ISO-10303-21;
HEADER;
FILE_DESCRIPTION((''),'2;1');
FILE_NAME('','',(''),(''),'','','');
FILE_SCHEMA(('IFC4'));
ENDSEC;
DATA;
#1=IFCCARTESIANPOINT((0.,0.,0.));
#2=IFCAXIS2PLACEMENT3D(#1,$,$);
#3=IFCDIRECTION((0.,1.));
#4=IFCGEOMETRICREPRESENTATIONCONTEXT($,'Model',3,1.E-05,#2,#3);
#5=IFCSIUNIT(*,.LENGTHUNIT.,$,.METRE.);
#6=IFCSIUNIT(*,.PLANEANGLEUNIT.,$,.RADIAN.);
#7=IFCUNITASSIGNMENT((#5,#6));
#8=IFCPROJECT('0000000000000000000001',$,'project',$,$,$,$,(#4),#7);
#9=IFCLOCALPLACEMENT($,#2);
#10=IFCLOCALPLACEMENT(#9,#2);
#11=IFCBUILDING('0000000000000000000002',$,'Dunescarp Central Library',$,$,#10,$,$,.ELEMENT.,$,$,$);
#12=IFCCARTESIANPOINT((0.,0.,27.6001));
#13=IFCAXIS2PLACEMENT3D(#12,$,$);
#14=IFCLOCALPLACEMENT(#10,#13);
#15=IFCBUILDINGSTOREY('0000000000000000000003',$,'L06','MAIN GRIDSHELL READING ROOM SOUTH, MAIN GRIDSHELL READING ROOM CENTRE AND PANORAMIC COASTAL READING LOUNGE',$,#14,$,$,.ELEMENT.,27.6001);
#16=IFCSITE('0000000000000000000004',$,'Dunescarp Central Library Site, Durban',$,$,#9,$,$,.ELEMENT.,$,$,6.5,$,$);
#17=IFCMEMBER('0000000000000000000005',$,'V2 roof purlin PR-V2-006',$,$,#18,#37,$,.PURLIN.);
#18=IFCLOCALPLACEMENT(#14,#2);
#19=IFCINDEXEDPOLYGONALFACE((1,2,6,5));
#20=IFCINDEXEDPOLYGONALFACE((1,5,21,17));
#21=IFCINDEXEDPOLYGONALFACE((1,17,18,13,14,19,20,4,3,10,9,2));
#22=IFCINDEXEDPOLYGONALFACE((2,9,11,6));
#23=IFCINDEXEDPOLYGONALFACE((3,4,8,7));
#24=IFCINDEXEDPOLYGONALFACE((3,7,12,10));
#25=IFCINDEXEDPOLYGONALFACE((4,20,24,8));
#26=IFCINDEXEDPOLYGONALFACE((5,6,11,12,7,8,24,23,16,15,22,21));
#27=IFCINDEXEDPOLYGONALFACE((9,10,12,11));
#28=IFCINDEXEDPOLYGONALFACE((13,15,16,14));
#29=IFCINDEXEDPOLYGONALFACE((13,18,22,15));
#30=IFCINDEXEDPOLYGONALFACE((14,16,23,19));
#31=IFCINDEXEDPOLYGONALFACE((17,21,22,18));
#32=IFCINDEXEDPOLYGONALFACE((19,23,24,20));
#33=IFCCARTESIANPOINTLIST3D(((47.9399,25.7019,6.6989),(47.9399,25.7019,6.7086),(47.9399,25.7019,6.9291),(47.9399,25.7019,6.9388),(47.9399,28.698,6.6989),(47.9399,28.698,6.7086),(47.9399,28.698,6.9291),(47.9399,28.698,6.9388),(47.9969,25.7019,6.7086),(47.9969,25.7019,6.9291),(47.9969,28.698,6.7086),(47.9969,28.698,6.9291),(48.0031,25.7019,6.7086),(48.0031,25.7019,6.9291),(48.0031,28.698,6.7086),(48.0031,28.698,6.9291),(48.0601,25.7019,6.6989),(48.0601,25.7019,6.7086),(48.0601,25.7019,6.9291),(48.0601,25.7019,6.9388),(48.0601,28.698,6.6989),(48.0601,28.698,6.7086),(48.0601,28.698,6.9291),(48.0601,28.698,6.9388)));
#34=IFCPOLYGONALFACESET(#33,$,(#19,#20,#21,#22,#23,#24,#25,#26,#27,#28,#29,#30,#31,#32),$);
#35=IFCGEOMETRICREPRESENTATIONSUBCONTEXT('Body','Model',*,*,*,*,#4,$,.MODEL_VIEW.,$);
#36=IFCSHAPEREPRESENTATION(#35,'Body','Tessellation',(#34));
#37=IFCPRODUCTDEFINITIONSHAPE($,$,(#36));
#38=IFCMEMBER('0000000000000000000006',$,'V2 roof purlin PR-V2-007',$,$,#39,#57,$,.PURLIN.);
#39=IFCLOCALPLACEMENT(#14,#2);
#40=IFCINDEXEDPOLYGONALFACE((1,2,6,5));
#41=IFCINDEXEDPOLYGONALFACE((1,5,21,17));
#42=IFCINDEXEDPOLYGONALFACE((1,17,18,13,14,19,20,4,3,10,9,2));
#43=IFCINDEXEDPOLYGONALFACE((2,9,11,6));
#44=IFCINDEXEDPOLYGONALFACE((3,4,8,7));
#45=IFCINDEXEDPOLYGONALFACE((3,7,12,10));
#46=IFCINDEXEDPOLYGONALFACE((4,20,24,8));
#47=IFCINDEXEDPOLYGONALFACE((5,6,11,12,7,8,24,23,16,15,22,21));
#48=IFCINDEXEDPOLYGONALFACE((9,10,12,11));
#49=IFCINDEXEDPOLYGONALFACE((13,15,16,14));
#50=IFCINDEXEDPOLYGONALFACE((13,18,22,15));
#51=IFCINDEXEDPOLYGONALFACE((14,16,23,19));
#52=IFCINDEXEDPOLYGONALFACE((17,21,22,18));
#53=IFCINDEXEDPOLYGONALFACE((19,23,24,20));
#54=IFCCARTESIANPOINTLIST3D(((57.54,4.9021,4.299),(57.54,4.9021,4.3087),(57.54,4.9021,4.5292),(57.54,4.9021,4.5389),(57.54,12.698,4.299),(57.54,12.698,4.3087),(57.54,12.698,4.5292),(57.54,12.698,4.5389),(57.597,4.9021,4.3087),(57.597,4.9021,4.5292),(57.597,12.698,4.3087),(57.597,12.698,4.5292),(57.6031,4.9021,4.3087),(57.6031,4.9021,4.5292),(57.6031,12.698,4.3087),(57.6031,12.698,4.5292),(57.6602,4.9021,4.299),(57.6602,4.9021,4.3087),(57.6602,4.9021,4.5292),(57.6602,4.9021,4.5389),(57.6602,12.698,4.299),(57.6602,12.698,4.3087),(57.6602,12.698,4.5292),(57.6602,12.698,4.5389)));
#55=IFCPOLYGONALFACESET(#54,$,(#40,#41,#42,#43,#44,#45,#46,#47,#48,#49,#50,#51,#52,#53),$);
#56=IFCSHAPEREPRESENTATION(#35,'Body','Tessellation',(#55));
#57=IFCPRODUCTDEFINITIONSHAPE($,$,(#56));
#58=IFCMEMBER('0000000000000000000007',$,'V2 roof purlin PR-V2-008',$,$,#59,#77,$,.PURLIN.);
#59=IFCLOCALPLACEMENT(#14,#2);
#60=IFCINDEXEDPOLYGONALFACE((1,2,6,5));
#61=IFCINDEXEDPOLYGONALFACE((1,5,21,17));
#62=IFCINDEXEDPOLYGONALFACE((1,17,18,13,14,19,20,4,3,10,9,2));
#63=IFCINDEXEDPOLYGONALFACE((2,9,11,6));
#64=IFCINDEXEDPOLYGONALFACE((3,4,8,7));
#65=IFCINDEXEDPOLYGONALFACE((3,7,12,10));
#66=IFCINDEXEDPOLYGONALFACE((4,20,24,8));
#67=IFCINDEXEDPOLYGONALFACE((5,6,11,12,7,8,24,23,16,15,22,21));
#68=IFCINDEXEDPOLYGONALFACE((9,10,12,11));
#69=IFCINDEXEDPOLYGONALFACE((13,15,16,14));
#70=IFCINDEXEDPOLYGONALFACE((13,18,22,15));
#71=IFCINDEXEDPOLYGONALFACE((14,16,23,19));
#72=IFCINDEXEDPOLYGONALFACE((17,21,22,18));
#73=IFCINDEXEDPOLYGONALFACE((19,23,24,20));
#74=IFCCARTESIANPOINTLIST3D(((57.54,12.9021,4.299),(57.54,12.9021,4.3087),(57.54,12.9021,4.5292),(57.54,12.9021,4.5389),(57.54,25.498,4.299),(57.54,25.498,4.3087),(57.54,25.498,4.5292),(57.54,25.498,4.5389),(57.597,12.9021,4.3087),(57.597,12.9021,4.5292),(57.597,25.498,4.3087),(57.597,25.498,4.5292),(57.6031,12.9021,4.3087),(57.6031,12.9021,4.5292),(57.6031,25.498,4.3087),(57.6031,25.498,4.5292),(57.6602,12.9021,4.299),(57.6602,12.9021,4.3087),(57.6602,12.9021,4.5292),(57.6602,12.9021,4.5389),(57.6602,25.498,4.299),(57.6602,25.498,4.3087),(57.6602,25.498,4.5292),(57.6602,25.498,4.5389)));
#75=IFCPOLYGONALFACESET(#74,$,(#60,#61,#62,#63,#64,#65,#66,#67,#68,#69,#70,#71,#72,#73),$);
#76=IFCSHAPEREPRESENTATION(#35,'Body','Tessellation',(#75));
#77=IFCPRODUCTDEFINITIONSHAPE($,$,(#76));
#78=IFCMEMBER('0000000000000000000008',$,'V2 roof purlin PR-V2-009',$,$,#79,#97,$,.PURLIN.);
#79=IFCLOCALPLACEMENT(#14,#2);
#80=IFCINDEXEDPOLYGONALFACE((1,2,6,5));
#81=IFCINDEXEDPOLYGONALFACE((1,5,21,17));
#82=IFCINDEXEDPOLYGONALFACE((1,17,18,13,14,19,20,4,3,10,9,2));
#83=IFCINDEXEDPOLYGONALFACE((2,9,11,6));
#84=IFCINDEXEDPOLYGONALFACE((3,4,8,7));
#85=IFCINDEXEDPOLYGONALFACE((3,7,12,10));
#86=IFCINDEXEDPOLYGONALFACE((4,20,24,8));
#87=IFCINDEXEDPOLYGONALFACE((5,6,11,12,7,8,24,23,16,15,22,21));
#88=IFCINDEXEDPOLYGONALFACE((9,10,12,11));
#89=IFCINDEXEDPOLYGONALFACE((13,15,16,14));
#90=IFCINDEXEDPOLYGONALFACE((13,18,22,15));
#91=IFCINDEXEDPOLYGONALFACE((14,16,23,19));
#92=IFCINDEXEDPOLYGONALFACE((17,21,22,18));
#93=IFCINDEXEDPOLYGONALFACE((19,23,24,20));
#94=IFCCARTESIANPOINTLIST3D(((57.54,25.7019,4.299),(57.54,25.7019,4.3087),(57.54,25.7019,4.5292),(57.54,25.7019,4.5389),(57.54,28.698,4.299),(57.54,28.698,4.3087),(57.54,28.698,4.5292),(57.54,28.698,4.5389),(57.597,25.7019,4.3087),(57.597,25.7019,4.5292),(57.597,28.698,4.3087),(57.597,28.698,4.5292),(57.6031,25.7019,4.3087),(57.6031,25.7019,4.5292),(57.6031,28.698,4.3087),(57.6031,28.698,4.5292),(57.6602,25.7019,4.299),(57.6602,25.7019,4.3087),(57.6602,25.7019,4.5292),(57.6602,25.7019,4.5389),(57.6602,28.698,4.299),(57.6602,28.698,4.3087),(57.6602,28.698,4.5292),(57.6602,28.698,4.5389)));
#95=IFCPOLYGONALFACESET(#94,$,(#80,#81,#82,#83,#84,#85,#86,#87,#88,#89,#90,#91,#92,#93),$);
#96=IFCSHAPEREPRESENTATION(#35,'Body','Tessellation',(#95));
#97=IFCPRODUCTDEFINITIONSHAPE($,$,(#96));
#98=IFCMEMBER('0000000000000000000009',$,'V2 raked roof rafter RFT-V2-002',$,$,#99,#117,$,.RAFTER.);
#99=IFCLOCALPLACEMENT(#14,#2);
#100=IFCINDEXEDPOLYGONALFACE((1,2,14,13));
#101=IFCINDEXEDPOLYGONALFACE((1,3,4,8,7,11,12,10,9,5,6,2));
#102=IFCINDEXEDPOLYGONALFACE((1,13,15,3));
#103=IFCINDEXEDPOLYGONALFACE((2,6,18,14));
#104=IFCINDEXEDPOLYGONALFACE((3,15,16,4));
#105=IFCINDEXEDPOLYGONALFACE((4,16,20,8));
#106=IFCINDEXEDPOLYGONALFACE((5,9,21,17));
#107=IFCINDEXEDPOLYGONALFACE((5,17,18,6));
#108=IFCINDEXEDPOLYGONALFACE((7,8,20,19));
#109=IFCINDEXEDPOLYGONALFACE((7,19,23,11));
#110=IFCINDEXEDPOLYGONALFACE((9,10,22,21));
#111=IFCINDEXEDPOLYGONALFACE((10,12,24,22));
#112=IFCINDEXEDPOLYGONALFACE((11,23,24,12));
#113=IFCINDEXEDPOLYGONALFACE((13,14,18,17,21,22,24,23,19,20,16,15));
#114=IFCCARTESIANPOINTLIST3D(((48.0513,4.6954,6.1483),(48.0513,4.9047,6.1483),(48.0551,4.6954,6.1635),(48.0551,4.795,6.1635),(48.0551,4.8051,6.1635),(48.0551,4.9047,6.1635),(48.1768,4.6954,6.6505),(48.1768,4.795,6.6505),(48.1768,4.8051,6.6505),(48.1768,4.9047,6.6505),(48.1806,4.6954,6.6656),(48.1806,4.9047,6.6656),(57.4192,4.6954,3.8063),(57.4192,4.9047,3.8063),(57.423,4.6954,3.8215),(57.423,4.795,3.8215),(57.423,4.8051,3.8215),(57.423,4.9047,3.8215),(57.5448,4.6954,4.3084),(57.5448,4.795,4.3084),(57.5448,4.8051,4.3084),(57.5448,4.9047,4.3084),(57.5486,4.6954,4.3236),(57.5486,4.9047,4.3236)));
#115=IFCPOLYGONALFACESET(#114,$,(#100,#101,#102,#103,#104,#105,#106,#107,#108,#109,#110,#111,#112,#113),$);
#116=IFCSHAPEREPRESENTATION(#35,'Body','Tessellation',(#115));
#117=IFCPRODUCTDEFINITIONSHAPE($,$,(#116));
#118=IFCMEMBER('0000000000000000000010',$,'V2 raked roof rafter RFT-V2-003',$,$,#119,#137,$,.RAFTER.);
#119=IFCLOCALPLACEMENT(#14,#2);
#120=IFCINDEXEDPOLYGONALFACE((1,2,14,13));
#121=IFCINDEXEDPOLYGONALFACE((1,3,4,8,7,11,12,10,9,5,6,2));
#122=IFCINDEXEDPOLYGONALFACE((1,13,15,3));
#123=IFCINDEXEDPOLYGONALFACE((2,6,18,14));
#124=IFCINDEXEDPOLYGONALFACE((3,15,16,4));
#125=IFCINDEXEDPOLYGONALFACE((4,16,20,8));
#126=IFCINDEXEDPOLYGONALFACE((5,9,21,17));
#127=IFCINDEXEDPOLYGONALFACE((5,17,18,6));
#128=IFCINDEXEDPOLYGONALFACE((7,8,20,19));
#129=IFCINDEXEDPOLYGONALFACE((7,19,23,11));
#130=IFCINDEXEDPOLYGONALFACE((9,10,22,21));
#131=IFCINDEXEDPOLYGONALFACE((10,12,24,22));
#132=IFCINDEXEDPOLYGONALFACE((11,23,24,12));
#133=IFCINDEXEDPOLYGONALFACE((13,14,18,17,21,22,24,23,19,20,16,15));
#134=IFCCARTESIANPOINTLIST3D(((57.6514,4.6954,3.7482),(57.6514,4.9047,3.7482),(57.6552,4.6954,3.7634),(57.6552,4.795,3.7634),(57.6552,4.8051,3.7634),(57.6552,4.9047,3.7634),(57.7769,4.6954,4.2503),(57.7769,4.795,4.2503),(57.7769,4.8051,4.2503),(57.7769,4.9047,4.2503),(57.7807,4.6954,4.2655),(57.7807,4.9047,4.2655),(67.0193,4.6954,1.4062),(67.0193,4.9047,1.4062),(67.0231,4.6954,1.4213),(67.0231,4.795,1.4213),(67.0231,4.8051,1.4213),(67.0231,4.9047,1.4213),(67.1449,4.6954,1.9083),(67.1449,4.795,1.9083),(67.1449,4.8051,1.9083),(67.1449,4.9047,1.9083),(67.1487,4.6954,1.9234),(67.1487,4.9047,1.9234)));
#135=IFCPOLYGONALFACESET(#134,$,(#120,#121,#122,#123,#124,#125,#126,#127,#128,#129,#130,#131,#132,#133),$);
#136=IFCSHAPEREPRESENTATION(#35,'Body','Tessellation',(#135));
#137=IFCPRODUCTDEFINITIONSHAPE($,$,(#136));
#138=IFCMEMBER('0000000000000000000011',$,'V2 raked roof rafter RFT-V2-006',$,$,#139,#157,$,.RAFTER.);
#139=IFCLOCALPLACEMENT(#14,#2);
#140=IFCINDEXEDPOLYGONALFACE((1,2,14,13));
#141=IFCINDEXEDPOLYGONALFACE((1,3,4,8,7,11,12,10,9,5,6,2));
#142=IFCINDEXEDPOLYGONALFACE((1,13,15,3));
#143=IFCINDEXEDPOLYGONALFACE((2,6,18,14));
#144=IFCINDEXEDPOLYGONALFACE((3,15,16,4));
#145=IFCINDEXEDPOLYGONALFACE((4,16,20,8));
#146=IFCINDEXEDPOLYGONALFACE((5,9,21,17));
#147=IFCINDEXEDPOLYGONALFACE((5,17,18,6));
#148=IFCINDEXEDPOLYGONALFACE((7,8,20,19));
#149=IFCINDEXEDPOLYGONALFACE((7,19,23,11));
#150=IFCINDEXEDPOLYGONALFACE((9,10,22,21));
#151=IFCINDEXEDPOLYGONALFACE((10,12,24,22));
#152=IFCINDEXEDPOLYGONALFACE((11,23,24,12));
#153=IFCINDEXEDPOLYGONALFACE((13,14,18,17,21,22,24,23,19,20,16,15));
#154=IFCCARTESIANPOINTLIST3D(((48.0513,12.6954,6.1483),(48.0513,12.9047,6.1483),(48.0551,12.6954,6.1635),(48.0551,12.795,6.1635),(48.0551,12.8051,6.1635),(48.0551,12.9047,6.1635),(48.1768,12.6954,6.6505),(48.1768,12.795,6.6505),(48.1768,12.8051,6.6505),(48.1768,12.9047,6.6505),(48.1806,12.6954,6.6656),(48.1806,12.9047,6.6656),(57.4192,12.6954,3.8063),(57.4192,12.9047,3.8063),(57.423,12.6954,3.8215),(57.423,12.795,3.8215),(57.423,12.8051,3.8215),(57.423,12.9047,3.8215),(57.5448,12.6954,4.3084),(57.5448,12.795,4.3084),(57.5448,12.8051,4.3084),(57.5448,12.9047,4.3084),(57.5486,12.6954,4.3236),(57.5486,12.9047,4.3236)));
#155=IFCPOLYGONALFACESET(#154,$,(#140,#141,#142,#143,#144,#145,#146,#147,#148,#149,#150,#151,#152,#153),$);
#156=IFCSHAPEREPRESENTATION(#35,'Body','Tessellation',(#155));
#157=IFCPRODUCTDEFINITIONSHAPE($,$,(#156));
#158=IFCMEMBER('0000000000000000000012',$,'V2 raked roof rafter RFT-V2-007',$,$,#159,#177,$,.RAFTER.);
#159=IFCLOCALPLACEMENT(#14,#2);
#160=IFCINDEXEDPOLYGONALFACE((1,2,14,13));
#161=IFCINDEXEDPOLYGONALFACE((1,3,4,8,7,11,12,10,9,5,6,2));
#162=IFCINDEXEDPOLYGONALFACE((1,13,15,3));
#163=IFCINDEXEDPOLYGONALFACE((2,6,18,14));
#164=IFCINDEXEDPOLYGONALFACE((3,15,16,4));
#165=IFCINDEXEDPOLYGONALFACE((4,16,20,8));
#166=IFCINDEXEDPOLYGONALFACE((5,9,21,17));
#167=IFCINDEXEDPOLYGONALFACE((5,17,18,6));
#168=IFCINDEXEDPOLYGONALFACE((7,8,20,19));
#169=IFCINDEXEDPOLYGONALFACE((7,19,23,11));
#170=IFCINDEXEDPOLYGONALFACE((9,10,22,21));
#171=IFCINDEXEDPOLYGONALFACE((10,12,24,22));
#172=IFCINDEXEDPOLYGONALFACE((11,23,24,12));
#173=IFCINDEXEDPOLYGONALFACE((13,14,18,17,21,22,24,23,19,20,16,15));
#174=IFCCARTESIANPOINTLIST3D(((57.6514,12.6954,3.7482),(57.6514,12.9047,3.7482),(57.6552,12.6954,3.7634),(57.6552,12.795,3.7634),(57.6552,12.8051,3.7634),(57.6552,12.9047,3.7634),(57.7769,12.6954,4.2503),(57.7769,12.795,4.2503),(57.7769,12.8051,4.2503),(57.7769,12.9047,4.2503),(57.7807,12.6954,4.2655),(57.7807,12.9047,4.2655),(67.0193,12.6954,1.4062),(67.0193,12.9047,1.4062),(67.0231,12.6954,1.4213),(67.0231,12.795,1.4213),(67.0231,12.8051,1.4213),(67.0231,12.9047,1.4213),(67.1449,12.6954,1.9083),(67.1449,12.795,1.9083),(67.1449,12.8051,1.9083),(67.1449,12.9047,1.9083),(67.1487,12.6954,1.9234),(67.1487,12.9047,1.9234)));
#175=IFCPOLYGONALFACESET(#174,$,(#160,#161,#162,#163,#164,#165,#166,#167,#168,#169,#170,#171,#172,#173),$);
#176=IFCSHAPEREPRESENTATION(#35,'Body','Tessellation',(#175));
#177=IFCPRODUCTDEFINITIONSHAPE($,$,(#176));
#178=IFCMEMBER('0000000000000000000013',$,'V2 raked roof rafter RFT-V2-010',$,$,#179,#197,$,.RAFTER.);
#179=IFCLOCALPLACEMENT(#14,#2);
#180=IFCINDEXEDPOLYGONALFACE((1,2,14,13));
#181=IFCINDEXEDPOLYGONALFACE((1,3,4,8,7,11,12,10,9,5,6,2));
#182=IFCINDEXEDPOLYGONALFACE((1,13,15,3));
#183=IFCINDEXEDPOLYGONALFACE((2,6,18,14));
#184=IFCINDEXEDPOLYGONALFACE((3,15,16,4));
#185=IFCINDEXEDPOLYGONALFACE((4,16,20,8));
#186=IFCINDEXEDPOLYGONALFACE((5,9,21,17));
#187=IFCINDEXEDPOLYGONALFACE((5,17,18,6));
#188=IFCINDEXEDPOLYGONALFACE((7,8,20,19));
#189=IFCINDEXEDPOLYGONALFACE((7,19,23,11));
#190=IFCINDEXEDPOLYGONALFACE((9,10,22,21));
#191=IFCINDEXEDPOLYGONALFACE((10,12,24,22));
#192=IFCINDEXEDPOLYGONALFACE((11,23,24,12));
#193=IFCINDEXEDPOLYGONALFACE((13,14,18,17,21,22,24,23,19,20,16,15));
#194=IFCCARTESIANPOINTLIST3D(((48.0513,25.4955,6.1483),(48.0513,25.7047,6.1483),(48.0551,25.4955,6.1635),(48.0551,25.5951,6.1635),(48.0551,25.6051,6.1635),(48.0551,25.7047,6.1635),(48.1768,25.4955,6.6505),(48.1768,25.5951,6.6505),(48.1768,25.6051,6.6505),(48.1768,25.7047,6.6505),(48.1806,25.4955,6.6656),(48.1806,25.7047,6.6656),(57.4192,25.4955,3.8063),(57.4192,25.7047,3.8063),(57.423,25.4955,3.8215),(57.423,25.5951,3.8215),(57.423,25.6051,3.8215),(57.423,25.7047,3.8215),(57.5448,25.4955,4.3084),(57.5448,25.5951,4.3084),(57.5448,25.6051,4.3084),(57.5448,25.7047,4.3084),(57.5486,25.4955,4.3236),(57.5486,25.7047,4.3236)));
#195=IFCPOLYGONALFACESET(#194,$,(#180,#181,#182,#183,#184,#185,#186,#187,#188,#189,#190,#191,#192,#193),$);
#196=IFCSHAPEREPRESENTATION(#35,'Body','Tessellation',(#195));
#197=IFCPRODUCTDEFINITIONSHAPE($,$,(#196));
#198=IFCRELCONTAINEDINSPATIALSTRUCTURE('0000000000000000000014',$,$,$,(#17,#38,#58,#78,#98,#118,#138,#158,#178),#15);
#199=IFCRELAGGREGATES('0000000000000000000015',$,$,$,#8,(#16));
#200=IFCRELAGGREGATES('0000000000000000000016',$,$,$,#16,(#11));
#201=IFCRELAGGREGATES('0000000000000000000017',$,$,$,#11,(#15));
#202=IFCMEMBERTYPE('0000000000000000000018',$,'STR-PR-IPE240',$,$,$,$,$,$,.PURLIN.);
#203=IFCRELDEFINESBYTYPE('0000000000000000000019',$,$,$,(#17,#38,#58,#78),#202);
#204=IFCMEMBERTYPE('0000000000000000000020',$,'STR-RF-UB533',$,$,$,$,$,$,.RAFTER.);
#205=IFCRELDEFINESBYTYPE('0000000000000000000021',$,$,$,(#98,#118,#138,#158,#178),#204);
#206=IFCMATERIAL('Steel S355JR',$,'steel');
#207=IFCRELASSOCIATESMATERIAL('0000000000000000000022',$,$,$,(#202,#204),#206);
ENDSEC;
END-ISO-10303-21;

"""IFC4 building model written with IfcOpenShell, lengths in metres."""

from ifc_helpers import new_model, si_unit, direction, frame, origin, origin_2d, place, context, subcontext, project, spatial, i_section, extrude, material, material_profile, profile_set, type_object, element, save


model = new_model("IFC4")

# Units and contexts
model_context = context("Model", 3, precision=1e-05, world=origin(), true_north=direction((0.0, 1.0)))
body_context = subcontext(model_context, "Body", "Model", "MODEL_VIEW")
ifc_project = project(units=[si_unit("LENGTHUNIT", "METRE"), si_unit("PLANEANGLEUNIT", "RADIAN")], contexts=[model_context])

# Site, building, storey
site_placement = place(None, origin())
site = spatial("IfcSite", under=ifc_project, at=site_placement, Name="Dunescarp Central Library Site, Durban", CompositionType="ELEMENT", RefElevation=6.5)
building_placement = place(site_placement, origin())
building = spatial("IfcBuilding", under=site, at=building_placement, Name="Dunescarp Central Library", CompositionType="ELEMENT")
storey_placement = place(building_placement, frame((0.0, 0.0, 27.6001)))
storey = spatial("IfcBuildingStorey", under=building, at=storey_placement, Name="L06", Description="MAIN GRIDSHELL READING ROOM SOUTH, MAIN GRIDSHELL READING ROOM CENTRE AND PANORAMIC COASTAL READING LOUNGE", CompositionType="ELEMENT", Elevation=27.6001)

# Shared definitions
ifc_material = material(Name="Steel S355JR", Category="steel")

# Members
ifc_material_profile_1 = material_profile(ifc_material, i_section(OverallWidth=0.1201, OverallDepth=0.24, WebThickness=0.0061, FlangeThickness=0.0098, at=origin_2d()), Name="IPE 240")
ifc_profile_set_1 = profile_set([ifc_material_profile_1], Name="Steel S355JR")
member_type_1 = type_object("IfcMemberType", Name="STR-PR-IPE240", PredefinedType="PURLIN", material=ifc_profile_set_1)
member_1_placement = place(storey_placement, frame((48.0, 25.7019, 6.8188), z_axis=(0.0, 1.0, 0.0), x_axis=(-1.0, 0.0, 0.0)))
element("IfcMember", 1, at=member_1_placement, inside=storey, type_object=member_type_1, Name="V2 roof purlin PR-V2-006", PredefinedType="PURLIN", context=body_context, shape_type="SweptSolid", body=[
    extrude(i_section(OverallWidth=0.1201, OverallDepth=0.24, WebThickness=0.0061, FlangeThickness=0.0098, at=origin_2d()), origin(), (0.0, 0.0, 1.0), 2.9961),
])
member_2_placement = place(storey_placement, frame((57.6001, 4.9021, 4.4189), z_axis=(0.0, 1.0, 0.0), x_axis=(-1.0, 0.0, 0.0)))
element("IfcMember", 2, at=member_2_placement, inside=storey, type_object=member_type_1, Name="V2 roof purlin PR-V2-007", PredefinedType="PURLIN", context=body_context, shape_type="SweptSolid", body=[
    extrude(i_section(OverallWidth=0.1201, OverallDepth=0.24, WebThickness=0.0061, FlangeThickness=0.0098, at=origin_2d()), origin(), (0.0, 0.0, 1.0), 7.7959),
])
member_3_placement = place(storey_placement, frame((57.6001, 12.9021, 4.4189), z_axis=(0.0, 1.0, 0.0), x_axis=(-1.0, 0.0, 0.0)))
element("IfcMember", 3, at=member_3_placement, inside=storey, type_object=member_type_1, Name="V2 roof purlin PR-V2-008", PredefinedType="PURLIN", context=body_context, shape_type="SweptSolid", body=[
    extrude(i_section(OverallWidth=0.1201, OverallDepth=0.24, WebThickness=0.0061, FlangeThickness=0.0098, at=origin_2d()), origin(), (0.0, 0.0, 1.0), 12.5959),
])
member_4_placement = place(storey_placement, frame((57.6001, 25.7019, 4.4189), z_axis=(0.0, 1.0, 0.0), x_axis=(-1.0, 0.0, 0.0)))
element("IfcMember", 4, at=member_4_placement, inside=storey, type_object=member_type_1, Name="V2 roof purlin PR-V2-009", PredefinedType="PURLIN", context=body_context, shape_type="SweptSolid", body=[
    extrude(i_section(OverallWidth=0.1201, OverallDepth=0.24, WebThickness=0.0061, FlangeThickness=0.0098, at=origin_2d()), origin(), (0.0, 0.0, 1.0), 2.9961),
])
ifc_material_profile_2 = material_profile(ifc_material, i_section(OverallWidth=0.2092, OverallDepth=0.5332, WebThickness=0.01, FlangeThickness=0.0156, at=origin_2d()), Name="UB 533x210x92")
ifc_profile_set_2 = profile_set([ifc_material_profile_2], Name="Steel S355JR")
member_type_2 = type_object("IfcMemberType", Name="STR-RF-UB533", PredefinedType="RAFTER", material=ifc_profile_set_2)
for number, where, z_axis, x_axis, name in (
    (5, (48.116, 4.8, 6.407), (0.970141, 0.0, -0.242542), (0.0, 1.0, 0.0), "V2 raked roof rafter RFT-V2-002"),
    (6, (57.7161, 4.8, 4.0068), (0.970141, 0.0, -0.242542), (0.0, 1.0, 0.0), "V2 raked roof rafter RFT-V2-003"),
    (7, (48.116, 12.8, 6.407), (0.970141, 0.0, -0.242542), (0.0, 1.0, 0.0), "V2 raked roof rafter RFT-V2-006"),
    (8, (57.7161, 12.8, 4.0068), (0.970141, 0.0, -0.242542), (0.0, 1.0, 0.0), "V2 raked roof rafter RFT-V2-007"),
    (9, (48.116, 25.6001, 6.407), (0.970141, 0.0, -0.242542), (0.0, 1.0, 0.0), "V2 raked roof rafter RFT-V2-010"),
):
    element("IfcMember", number, at=place(storey_placement, frame(where, z_axis=z_axis, x_axis=x_axis)), inside=storey, type_object=member_type_2, Name=name, PredefinedType="RAFTER", context=body_context, shape_type="SweptSolid", body=[
        extrude(i_section(OverallWidth=0.2092, OverallDepth=0.5332, WebThickness=0.01, FlangeThickness=0.0156, at=origin_2d()), origin(), (0.0, 0.0, 1.0), 9.6562),
    ])

save(model, "model.ifc")
